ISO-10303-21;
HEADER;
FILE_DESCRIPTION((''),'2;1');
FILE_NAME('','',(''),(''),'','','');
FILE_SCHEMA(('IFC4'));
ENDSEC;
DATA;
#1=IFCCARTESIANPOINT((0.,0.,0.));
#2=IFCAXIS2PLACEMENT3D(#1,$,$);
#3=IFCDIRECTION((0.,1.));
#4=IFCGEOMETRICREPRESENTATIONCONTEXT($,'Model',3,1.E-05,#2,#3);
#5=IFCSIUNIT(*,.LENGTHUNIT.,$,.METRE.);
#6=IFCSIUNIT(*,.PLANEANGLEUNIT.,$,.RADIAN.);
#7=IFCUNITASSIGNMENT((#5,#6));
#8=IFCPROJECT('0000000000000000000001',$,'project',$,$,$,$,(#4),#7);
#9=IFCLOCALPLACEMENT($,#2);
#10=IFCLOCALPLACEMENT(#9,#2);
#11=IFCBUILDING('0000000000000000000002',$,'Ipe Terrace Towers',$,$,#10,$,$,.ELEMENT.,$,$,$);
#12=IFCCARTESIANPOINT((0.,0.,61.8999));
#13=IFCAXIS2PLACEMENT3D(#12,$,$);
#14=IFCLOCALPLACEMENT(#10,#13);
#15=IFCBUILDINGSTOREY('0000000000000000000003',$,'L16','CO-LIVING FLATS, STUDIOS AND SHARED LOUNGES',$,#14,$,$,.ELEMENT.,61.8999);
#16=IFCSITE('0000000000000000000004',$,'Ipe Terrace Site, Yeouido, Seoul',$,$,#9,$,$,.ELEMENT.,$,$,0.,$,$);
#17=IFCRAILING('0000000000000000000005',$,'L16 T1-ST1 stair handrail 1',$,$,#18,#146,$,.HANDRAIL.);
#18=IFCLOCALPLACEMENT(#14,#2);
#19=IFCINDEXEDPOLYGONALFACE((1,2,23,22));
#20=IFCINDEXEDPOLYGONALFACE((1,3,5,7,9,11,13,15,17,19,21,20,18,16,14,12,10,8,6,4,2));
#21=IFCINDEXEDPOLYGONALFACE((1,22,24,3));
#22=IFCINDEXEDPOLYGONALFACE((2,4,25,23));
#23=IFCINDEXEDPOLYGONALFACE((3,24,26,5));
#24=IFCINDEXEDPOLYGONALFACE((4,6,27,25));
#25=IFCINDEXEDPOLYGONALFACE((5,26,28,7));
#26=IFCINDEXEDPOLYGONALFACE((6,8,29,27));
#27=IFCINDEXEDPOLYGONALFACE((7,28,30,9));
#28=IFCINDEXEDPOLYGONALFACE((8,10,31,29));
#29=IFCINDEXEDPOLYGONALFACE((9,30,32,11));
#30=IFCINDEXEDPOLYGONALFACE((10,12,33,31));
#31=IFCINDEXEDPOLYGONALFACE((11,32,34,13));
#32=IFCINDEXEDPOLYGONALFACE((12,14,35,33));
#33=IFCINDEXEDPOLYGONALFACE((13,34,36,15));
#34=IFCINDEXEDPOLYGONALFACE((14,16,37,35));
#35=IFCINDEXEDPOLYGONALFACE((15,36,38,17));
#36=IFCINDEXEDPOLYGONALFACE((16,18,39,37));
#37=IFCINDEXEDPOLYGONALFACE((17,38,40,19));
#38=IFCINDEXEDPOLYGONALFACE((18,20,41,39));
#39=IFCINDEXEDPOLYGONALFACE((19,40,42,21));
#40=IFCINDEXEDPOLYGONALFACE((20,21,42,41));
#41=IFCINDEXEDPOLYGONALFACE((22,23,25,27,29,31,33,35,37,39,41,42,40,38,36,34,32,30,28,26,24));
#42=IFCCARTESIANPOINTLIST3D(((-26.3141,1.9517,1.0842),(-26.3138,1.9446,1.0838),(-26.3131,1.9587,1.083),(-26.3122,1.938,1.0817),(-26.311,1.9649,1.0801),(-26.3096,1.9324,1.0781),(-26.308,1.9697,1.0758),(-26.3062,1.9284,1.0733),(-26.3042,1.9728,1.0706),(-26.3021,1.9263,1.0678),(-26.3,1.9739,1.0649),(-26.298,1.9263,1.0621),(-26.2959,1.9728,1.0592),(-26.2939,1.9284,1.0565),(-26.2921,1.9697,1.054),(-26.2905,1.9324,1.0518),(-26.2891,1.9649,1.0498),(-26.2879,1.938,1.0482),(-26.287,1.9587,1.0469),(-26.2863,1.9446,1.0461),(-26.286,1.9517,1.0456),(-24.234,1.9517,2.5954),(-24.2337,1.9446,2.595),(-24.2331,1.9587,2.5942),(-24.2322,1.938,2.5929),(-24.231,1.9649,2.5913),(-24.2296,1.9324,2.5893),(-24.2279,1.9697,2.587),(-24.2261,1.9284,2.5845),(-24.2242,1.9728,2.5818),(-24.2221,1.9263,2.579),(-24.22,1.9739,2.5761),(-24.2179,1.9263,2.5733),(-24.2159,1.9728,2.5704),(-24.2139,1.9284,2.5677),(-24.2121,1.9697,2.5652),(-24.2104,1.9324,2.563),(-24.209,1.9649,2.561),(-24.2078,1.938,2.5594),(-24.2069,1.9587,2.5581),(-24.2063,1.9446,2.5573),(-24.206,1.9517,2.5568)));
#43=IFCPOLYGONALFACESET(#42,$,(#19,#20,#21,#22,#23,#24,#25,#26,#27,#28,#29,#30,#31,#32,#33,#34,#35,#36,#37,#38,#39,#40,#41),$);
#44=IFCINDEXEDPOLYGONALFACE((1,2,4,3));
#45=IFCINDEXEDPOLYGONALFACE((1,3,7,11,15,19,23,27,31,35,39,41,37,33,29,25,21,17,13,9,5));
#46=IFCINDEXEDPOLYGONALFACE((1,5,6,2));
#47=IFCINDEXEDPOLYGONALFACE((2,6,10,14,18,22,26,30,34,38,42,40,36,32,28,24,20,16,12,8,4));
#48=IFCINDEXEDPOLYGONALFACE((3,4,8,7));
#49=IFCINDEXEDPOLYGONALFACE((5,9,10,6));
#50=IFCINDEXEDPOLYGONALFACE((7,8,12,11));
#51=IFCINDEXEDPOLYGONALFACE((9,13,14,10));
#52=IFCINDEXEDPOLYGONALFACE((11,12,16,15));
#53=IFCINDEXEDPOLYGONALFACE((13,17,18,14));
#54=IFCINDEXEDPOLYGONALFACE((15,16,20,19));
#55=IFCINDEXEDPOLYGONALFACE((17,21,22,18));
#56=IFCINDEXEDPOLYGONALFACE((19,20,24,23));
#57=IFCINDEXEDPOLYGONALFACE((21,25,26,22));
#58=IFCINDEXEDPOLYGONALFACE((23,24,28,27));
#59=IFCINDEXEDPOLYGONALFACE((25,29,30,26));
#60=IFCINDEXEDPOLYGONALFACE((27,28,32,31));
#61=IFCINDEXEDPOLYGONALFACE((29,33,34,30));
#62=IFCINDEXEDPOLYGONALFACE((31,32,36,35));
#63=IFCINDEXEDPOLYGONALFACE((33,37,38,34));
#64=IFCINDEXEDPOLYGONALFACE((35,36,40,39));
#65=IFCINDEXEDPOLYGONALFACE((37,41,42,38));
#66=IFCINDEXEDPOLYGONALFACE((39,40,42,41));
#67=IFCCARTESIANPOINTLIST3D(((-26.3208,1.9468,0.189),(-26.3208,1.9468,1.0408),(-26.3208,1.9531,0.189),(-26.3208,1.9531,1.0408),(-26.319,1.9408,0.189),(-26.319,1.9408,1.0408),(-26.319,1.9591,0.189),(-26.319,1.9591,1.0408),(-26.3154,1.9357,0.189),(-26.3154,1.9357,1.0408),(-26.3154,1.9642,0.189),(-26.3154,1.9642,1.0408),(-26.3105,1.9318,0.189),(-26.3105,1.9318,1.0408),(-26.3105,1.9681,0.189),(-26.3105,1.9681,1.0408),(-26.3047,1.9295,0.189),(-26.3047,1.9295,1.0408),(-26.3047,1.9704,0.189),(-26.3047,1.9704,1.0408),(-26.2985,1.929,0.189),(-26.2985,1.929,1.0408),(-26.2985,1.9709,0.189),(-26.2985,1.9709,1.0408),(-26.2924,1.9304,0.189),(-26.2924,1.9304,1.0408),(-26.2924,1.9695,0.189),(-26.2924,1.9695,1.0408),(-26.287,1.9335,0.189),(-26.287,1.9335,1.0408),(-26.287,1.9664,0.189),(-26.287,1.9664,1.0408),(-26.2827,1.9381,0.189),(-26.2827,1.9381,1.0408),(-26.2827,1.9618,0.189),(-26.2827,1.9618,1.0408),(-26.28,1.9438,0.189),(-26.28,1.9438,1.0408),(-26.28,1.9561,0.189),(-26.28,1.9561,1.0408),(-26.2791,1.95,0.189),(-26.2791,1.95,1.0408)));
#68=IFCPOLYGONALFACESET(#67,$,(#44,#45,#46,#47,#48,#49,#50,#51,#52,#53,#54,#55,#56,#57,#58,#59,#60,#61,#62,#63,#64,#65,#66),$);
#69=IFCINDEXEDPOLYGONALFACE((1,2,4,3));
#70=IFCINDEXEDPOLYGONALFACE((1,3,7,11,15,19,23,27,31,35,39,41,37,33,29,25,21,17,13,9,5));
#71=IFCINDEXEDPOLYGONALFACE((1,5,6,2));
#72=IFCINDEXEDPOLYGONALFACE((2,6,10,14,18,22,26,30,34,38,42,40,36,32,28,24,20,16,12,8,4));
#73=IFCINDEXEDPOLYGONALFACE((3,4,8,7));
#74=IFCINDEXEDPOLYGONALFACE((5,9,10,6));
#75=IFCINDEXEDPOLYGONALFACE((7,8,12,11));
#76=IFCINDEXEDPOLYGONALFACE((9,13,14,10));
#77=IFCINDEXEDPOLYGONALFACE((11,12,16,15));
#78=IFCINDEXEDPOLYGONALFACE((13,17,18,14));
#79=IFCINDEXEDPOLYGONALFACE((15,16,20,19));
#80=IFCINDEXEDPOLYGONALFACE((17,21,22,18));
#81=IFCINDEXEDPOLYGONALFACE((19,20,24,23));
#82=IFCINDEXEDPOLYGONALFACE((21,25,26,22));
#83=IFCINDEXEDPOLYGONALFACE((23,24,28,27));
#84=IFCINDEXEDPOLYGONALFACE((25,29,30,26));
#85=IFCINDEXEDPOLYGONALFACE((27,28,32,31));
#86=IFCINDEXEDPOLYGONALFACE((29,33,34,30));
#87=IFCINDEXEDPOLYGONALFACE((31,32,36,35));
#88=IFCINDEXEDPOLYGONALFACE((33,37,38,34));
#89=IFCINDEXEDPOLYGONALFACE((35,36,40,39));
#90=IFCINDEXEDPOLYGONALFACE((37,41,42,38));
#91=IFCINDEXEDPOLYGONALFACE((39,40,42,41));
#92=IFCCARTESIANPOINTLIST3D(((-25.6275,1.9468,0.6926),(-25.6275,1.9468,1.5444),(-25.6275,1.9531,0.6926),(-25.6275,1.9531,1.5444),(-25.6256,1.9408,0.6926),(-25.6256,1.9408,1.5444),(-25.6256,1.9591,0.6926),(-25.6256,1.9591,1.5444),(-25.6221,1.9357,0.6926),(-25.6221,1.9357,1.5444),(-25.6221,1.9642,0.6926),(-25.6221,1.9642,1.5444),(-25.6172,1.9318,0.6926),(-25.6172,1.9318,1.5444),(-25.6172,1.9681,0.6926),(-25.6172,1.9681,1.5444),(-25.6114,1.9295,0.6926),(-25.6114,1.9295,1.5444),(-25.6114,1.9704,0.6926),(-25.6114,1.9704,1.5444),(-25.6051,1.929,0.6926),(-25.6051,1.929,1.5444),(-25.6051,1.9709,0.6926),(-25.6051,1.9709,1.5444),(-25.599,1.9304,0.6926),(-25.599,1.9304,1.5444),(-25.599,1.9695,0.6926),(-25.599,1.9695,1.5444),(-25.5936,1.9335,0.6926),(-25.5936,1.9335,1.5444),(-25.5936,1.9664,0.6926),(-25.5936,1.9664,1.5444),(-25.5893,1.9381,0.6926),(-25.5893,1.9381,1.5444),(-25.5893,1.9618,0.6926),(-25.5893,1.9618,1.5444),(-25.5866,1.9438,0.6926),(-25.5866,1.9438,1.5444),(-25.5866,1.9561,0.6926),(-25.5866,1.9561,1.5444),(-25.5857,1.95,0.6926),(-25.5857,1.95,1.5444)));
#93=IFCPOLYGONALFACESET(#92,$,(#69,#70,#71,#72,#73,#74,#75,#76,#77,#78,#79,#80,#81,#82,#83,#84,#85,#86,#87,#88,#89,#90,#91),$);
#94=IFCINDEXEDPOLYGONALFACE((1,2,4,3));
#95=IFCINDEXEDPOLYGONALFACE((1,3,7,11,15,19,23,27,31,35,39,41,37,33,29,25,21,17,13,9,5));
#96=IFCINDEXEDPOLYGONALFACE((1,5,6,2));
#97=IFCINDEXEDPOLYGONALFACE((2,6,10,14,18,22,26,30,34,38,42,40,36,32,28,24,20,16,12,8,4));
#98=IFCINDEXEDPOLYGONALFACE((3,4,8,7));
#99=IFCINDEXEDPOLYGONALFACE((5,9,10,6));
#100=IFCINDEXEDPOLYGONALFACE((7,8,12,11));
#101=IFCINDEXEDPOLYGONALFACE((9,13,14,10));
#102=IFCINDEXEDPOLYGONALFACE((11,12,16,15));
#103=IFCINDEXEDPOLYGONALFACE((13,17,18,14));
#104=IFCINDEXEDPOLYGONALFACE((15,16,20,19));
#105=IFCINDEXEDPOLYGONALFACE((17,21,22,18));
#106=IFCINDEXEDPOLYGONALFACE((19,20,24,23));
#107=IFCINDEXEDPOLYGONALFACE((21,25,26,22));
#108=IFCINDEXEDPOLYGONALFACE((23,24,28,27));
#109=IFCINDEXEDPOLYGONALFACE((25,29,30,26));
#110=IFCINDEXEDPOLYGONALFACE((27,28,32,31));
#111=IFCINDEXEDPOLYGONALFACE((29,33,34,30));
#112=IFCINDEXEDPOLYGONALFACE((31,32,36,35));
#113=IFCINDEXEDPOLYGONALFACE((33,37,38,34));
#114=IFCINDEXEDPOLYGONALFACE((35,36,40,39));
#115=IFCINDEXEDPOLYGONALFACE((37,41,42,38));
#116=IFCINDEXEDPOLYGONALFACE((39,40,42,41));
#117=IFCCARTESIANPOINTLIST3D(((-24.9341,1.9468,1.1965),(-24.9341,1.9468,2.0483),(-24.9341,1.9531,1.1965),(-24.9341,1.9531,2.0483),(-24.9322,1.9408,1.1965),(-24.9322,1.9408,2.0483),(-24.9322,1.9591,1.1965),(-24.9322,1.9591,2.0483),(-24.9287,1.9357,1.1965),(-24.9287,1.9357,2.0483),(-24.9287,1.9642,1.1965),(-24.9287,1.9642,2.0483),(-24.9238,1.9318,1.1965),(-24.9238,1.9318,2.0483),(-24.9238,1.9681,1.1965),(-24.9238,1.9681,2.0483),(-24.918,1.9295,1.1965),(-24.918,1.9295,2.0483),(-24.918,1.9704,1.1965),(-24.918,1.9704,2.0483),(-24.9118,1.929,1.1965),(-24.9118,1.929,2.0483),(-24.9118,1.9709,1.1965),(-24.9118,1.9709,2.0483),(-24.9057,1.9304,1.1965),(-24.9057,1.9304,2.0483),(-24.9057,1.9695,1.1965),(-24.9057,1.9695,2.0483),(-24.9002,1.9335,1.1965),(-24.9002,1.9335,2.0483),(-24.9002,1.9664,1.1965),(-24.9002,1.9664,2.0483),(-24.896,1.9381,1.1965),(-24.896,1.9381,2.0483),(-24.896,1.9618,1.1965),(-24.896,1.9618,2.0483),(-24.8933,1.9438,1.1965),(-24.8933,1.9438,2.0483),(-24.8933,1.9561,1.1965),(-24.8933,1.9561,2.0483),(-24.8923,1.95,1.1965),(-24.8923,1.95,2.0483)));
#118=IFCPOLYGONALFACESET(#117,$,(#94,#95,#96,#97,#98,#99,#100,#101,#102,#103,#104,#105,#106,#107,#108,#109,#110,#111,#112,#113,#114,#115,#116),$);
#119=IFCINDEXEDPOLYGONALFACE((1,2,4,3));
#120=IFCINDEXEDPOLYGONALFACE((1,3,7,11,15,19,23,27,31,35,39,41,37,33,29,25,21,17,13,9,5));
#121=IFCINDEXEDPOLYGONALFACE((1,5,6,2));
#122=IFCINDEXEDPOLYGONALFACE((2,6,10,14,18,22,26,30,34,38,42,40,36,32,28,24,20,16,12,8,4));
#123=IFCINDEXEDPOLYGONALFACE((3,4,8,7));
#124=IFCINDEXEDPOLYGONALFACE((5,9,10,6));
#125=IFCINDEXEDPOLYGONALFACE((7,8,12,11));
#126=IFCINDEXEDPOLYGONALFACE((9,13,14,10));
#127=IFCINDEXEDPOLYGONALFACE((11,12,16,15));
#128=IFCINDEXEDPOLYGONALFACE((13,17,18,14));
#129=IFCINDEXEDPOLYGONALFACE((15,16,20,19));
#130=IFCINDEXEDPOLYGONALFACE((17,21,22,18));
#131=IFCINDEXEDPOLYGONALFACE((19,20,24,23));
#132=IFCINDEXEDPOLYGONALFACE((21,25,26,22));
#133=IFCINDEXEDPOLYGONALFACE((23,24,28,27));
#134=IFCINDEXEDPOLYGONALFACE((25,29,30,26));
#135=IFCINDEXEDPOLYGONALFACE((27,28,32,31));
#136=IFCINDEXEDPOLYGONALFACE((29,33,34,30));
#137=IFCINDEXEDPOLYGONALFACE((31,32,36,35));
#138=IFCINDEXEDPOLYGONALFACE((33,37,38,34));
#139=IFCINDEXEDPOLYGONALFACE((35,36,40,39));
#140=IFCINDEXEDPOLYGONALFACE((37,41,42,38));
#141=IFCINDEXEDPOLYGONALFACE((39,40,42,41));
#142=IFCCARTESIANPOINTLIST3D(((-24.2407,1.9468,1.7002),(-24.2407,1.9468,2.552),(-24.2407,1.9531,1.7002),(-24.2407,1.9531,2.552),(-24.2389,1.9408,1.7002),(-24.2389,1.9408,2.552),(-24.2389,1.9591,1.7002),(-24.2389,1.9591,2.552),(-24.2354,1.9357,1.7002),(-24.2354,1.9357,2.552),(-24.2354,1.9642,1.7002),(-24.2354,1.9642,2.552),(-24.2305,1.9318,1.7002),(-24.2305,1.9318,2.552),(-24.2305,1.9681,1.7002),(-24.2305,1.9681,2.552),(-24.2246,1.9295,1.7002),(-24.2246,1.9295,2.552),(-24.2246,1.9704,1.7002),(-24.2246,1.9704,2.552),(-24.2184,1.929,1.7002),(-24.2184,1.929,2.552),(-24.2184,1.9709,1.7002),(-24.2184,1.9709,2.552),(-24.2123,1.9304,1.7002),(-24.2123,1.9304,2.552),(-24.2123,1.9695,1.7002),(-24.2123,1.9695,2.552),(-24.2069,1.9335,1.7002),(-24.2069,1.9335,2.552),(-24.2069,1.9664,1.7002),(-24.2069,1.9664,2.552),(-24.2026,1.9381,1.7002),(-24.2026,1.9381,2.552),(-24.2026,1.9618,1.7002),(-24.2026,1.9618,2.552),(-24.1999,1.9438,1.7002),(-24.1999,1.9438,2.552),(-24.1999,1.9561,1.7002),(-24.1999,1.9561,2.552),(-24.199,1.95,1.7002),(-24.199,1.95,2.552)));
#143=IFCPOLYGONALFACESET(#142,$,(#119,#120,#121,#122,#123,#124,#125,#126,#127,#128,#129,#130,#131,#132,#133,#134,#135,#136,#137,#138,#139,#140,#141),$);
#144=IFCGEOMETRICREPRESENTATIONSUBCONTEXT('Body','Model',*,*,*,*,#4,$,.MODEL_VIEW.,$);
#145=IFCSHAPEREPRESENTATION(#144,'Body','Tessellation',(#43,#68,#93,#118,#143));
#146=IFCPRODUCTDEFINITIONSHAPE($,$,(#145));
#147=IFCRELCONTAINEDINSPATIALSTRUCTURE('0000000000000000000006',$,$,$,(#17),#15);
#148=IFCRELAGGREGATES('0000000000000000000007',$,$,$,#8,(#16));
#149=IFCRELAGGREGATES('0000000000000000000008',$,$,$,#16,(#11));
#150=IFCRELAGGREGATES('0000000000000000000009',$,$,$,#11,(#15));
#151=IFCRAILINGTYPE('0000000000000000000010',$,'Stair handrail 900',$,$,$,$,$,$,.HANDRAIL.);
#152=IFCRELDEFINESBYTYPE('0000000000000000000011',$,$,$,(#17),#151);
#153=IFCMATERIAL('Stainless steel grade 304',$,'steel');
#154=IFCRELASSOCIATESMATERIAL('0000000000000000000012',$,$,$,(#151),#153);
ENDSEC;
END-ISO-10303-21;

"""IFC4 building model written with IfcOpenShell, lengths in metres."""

from ifc_helpers import new_model, si_unit, direction, frame, origin, origin_2d, place, context, subcontext, project, spatial, circle, extrude, material, type_object, element, save


model = new_model("IFC4")

# Units and contexts
model_context = context("Model", 3, precision=1e-05, world=origin(), true_north=direction((0.0, 1.0)))
body_context = subcontext(model_context, "Body", "Model", "MODEL_VIEW")
ifc_project = project(units=[si_unit("LENGTHUNIT", "METRE"), si_unit("PLANEANGLEUNIT", "RADIAN")], contexts=[model_context])

# Site, building, storey
site_placement = place(None, origin())
site = spatial("IfcSite", under=ifc_project, at=site_placement, Name="Ipe Terrace Site, Yeouido, Seoul", CompositionType="ELEMENT", RefElevation=0.0)
building_placement = place(site_placement, origin())
building = spatial("IfcBuilding", under=site, at=building_placement, Name="Ipe Terrace Towers", CompositionType="ELEMENT")
storey_placement = place(building_placement, frame((0.0, 0.0, 61.8999)))
storey = spatial("IfcBuildingStorey", under=building, at=storey_placement, Name="L16", Description="CO-LIVING FLATS, STUDIOS AND SHARED LOUNGES", CompositionType="ELEMENT", Elevation=61.8999)

# Railing
ifc_material_1 = material(Name="Stainless steel grade 304", Category="steel")
railing_type_1 = type_object("IfcRailingType", Name="Stair handrail 900", PredefinedType="HANDRAIL", material=ifc_material_1)
railing_1_placement = place(storey_placement, frame((-26.3, 1.95, 0.189)))
element("IfcRailing", 1, at=railing_1_placement, inside=storey, type_object=railing_type_1, Name="L16 T1-ST1 stair handrail 1", PredefinedType="HANDRAIL", context=body_context, shape_type="SweptSolid", body=[
    extrude(circle(Radius=0.0239, at=origin_2d()), frame((0.0, 0.0, 0.876), z_axis=(0.809023, 0.0, 0.587776), x_axis=(0.0, 1.0, 0.0)), (0.0, 0.0, 1.0), 2.571),
    extrude(circle(Radius=0.021, at=origin_2d()), origin(), (0.0, 0.0, 1.0), 0.8518),
    extrude(circle(Radius=0.021, at=origin_2d()), frame((0.6934, 0.0, 0.5037)), (0.0, 0.0, 1.0), 0.8518),
    extrude(circle(Radius=0.021, at=origin_2d()), frame((1.3867, 0.0, 1.0076)), (0.0, 0.0, 1.0), 0.8518),
    extrude(circle(Radius=0.021, at=origin_2d()), frame((2.0801, 0.0, 1.5112)), (0.0, 0.0, 1.0), 0.8518),
])

save(model, "model.ifc")
